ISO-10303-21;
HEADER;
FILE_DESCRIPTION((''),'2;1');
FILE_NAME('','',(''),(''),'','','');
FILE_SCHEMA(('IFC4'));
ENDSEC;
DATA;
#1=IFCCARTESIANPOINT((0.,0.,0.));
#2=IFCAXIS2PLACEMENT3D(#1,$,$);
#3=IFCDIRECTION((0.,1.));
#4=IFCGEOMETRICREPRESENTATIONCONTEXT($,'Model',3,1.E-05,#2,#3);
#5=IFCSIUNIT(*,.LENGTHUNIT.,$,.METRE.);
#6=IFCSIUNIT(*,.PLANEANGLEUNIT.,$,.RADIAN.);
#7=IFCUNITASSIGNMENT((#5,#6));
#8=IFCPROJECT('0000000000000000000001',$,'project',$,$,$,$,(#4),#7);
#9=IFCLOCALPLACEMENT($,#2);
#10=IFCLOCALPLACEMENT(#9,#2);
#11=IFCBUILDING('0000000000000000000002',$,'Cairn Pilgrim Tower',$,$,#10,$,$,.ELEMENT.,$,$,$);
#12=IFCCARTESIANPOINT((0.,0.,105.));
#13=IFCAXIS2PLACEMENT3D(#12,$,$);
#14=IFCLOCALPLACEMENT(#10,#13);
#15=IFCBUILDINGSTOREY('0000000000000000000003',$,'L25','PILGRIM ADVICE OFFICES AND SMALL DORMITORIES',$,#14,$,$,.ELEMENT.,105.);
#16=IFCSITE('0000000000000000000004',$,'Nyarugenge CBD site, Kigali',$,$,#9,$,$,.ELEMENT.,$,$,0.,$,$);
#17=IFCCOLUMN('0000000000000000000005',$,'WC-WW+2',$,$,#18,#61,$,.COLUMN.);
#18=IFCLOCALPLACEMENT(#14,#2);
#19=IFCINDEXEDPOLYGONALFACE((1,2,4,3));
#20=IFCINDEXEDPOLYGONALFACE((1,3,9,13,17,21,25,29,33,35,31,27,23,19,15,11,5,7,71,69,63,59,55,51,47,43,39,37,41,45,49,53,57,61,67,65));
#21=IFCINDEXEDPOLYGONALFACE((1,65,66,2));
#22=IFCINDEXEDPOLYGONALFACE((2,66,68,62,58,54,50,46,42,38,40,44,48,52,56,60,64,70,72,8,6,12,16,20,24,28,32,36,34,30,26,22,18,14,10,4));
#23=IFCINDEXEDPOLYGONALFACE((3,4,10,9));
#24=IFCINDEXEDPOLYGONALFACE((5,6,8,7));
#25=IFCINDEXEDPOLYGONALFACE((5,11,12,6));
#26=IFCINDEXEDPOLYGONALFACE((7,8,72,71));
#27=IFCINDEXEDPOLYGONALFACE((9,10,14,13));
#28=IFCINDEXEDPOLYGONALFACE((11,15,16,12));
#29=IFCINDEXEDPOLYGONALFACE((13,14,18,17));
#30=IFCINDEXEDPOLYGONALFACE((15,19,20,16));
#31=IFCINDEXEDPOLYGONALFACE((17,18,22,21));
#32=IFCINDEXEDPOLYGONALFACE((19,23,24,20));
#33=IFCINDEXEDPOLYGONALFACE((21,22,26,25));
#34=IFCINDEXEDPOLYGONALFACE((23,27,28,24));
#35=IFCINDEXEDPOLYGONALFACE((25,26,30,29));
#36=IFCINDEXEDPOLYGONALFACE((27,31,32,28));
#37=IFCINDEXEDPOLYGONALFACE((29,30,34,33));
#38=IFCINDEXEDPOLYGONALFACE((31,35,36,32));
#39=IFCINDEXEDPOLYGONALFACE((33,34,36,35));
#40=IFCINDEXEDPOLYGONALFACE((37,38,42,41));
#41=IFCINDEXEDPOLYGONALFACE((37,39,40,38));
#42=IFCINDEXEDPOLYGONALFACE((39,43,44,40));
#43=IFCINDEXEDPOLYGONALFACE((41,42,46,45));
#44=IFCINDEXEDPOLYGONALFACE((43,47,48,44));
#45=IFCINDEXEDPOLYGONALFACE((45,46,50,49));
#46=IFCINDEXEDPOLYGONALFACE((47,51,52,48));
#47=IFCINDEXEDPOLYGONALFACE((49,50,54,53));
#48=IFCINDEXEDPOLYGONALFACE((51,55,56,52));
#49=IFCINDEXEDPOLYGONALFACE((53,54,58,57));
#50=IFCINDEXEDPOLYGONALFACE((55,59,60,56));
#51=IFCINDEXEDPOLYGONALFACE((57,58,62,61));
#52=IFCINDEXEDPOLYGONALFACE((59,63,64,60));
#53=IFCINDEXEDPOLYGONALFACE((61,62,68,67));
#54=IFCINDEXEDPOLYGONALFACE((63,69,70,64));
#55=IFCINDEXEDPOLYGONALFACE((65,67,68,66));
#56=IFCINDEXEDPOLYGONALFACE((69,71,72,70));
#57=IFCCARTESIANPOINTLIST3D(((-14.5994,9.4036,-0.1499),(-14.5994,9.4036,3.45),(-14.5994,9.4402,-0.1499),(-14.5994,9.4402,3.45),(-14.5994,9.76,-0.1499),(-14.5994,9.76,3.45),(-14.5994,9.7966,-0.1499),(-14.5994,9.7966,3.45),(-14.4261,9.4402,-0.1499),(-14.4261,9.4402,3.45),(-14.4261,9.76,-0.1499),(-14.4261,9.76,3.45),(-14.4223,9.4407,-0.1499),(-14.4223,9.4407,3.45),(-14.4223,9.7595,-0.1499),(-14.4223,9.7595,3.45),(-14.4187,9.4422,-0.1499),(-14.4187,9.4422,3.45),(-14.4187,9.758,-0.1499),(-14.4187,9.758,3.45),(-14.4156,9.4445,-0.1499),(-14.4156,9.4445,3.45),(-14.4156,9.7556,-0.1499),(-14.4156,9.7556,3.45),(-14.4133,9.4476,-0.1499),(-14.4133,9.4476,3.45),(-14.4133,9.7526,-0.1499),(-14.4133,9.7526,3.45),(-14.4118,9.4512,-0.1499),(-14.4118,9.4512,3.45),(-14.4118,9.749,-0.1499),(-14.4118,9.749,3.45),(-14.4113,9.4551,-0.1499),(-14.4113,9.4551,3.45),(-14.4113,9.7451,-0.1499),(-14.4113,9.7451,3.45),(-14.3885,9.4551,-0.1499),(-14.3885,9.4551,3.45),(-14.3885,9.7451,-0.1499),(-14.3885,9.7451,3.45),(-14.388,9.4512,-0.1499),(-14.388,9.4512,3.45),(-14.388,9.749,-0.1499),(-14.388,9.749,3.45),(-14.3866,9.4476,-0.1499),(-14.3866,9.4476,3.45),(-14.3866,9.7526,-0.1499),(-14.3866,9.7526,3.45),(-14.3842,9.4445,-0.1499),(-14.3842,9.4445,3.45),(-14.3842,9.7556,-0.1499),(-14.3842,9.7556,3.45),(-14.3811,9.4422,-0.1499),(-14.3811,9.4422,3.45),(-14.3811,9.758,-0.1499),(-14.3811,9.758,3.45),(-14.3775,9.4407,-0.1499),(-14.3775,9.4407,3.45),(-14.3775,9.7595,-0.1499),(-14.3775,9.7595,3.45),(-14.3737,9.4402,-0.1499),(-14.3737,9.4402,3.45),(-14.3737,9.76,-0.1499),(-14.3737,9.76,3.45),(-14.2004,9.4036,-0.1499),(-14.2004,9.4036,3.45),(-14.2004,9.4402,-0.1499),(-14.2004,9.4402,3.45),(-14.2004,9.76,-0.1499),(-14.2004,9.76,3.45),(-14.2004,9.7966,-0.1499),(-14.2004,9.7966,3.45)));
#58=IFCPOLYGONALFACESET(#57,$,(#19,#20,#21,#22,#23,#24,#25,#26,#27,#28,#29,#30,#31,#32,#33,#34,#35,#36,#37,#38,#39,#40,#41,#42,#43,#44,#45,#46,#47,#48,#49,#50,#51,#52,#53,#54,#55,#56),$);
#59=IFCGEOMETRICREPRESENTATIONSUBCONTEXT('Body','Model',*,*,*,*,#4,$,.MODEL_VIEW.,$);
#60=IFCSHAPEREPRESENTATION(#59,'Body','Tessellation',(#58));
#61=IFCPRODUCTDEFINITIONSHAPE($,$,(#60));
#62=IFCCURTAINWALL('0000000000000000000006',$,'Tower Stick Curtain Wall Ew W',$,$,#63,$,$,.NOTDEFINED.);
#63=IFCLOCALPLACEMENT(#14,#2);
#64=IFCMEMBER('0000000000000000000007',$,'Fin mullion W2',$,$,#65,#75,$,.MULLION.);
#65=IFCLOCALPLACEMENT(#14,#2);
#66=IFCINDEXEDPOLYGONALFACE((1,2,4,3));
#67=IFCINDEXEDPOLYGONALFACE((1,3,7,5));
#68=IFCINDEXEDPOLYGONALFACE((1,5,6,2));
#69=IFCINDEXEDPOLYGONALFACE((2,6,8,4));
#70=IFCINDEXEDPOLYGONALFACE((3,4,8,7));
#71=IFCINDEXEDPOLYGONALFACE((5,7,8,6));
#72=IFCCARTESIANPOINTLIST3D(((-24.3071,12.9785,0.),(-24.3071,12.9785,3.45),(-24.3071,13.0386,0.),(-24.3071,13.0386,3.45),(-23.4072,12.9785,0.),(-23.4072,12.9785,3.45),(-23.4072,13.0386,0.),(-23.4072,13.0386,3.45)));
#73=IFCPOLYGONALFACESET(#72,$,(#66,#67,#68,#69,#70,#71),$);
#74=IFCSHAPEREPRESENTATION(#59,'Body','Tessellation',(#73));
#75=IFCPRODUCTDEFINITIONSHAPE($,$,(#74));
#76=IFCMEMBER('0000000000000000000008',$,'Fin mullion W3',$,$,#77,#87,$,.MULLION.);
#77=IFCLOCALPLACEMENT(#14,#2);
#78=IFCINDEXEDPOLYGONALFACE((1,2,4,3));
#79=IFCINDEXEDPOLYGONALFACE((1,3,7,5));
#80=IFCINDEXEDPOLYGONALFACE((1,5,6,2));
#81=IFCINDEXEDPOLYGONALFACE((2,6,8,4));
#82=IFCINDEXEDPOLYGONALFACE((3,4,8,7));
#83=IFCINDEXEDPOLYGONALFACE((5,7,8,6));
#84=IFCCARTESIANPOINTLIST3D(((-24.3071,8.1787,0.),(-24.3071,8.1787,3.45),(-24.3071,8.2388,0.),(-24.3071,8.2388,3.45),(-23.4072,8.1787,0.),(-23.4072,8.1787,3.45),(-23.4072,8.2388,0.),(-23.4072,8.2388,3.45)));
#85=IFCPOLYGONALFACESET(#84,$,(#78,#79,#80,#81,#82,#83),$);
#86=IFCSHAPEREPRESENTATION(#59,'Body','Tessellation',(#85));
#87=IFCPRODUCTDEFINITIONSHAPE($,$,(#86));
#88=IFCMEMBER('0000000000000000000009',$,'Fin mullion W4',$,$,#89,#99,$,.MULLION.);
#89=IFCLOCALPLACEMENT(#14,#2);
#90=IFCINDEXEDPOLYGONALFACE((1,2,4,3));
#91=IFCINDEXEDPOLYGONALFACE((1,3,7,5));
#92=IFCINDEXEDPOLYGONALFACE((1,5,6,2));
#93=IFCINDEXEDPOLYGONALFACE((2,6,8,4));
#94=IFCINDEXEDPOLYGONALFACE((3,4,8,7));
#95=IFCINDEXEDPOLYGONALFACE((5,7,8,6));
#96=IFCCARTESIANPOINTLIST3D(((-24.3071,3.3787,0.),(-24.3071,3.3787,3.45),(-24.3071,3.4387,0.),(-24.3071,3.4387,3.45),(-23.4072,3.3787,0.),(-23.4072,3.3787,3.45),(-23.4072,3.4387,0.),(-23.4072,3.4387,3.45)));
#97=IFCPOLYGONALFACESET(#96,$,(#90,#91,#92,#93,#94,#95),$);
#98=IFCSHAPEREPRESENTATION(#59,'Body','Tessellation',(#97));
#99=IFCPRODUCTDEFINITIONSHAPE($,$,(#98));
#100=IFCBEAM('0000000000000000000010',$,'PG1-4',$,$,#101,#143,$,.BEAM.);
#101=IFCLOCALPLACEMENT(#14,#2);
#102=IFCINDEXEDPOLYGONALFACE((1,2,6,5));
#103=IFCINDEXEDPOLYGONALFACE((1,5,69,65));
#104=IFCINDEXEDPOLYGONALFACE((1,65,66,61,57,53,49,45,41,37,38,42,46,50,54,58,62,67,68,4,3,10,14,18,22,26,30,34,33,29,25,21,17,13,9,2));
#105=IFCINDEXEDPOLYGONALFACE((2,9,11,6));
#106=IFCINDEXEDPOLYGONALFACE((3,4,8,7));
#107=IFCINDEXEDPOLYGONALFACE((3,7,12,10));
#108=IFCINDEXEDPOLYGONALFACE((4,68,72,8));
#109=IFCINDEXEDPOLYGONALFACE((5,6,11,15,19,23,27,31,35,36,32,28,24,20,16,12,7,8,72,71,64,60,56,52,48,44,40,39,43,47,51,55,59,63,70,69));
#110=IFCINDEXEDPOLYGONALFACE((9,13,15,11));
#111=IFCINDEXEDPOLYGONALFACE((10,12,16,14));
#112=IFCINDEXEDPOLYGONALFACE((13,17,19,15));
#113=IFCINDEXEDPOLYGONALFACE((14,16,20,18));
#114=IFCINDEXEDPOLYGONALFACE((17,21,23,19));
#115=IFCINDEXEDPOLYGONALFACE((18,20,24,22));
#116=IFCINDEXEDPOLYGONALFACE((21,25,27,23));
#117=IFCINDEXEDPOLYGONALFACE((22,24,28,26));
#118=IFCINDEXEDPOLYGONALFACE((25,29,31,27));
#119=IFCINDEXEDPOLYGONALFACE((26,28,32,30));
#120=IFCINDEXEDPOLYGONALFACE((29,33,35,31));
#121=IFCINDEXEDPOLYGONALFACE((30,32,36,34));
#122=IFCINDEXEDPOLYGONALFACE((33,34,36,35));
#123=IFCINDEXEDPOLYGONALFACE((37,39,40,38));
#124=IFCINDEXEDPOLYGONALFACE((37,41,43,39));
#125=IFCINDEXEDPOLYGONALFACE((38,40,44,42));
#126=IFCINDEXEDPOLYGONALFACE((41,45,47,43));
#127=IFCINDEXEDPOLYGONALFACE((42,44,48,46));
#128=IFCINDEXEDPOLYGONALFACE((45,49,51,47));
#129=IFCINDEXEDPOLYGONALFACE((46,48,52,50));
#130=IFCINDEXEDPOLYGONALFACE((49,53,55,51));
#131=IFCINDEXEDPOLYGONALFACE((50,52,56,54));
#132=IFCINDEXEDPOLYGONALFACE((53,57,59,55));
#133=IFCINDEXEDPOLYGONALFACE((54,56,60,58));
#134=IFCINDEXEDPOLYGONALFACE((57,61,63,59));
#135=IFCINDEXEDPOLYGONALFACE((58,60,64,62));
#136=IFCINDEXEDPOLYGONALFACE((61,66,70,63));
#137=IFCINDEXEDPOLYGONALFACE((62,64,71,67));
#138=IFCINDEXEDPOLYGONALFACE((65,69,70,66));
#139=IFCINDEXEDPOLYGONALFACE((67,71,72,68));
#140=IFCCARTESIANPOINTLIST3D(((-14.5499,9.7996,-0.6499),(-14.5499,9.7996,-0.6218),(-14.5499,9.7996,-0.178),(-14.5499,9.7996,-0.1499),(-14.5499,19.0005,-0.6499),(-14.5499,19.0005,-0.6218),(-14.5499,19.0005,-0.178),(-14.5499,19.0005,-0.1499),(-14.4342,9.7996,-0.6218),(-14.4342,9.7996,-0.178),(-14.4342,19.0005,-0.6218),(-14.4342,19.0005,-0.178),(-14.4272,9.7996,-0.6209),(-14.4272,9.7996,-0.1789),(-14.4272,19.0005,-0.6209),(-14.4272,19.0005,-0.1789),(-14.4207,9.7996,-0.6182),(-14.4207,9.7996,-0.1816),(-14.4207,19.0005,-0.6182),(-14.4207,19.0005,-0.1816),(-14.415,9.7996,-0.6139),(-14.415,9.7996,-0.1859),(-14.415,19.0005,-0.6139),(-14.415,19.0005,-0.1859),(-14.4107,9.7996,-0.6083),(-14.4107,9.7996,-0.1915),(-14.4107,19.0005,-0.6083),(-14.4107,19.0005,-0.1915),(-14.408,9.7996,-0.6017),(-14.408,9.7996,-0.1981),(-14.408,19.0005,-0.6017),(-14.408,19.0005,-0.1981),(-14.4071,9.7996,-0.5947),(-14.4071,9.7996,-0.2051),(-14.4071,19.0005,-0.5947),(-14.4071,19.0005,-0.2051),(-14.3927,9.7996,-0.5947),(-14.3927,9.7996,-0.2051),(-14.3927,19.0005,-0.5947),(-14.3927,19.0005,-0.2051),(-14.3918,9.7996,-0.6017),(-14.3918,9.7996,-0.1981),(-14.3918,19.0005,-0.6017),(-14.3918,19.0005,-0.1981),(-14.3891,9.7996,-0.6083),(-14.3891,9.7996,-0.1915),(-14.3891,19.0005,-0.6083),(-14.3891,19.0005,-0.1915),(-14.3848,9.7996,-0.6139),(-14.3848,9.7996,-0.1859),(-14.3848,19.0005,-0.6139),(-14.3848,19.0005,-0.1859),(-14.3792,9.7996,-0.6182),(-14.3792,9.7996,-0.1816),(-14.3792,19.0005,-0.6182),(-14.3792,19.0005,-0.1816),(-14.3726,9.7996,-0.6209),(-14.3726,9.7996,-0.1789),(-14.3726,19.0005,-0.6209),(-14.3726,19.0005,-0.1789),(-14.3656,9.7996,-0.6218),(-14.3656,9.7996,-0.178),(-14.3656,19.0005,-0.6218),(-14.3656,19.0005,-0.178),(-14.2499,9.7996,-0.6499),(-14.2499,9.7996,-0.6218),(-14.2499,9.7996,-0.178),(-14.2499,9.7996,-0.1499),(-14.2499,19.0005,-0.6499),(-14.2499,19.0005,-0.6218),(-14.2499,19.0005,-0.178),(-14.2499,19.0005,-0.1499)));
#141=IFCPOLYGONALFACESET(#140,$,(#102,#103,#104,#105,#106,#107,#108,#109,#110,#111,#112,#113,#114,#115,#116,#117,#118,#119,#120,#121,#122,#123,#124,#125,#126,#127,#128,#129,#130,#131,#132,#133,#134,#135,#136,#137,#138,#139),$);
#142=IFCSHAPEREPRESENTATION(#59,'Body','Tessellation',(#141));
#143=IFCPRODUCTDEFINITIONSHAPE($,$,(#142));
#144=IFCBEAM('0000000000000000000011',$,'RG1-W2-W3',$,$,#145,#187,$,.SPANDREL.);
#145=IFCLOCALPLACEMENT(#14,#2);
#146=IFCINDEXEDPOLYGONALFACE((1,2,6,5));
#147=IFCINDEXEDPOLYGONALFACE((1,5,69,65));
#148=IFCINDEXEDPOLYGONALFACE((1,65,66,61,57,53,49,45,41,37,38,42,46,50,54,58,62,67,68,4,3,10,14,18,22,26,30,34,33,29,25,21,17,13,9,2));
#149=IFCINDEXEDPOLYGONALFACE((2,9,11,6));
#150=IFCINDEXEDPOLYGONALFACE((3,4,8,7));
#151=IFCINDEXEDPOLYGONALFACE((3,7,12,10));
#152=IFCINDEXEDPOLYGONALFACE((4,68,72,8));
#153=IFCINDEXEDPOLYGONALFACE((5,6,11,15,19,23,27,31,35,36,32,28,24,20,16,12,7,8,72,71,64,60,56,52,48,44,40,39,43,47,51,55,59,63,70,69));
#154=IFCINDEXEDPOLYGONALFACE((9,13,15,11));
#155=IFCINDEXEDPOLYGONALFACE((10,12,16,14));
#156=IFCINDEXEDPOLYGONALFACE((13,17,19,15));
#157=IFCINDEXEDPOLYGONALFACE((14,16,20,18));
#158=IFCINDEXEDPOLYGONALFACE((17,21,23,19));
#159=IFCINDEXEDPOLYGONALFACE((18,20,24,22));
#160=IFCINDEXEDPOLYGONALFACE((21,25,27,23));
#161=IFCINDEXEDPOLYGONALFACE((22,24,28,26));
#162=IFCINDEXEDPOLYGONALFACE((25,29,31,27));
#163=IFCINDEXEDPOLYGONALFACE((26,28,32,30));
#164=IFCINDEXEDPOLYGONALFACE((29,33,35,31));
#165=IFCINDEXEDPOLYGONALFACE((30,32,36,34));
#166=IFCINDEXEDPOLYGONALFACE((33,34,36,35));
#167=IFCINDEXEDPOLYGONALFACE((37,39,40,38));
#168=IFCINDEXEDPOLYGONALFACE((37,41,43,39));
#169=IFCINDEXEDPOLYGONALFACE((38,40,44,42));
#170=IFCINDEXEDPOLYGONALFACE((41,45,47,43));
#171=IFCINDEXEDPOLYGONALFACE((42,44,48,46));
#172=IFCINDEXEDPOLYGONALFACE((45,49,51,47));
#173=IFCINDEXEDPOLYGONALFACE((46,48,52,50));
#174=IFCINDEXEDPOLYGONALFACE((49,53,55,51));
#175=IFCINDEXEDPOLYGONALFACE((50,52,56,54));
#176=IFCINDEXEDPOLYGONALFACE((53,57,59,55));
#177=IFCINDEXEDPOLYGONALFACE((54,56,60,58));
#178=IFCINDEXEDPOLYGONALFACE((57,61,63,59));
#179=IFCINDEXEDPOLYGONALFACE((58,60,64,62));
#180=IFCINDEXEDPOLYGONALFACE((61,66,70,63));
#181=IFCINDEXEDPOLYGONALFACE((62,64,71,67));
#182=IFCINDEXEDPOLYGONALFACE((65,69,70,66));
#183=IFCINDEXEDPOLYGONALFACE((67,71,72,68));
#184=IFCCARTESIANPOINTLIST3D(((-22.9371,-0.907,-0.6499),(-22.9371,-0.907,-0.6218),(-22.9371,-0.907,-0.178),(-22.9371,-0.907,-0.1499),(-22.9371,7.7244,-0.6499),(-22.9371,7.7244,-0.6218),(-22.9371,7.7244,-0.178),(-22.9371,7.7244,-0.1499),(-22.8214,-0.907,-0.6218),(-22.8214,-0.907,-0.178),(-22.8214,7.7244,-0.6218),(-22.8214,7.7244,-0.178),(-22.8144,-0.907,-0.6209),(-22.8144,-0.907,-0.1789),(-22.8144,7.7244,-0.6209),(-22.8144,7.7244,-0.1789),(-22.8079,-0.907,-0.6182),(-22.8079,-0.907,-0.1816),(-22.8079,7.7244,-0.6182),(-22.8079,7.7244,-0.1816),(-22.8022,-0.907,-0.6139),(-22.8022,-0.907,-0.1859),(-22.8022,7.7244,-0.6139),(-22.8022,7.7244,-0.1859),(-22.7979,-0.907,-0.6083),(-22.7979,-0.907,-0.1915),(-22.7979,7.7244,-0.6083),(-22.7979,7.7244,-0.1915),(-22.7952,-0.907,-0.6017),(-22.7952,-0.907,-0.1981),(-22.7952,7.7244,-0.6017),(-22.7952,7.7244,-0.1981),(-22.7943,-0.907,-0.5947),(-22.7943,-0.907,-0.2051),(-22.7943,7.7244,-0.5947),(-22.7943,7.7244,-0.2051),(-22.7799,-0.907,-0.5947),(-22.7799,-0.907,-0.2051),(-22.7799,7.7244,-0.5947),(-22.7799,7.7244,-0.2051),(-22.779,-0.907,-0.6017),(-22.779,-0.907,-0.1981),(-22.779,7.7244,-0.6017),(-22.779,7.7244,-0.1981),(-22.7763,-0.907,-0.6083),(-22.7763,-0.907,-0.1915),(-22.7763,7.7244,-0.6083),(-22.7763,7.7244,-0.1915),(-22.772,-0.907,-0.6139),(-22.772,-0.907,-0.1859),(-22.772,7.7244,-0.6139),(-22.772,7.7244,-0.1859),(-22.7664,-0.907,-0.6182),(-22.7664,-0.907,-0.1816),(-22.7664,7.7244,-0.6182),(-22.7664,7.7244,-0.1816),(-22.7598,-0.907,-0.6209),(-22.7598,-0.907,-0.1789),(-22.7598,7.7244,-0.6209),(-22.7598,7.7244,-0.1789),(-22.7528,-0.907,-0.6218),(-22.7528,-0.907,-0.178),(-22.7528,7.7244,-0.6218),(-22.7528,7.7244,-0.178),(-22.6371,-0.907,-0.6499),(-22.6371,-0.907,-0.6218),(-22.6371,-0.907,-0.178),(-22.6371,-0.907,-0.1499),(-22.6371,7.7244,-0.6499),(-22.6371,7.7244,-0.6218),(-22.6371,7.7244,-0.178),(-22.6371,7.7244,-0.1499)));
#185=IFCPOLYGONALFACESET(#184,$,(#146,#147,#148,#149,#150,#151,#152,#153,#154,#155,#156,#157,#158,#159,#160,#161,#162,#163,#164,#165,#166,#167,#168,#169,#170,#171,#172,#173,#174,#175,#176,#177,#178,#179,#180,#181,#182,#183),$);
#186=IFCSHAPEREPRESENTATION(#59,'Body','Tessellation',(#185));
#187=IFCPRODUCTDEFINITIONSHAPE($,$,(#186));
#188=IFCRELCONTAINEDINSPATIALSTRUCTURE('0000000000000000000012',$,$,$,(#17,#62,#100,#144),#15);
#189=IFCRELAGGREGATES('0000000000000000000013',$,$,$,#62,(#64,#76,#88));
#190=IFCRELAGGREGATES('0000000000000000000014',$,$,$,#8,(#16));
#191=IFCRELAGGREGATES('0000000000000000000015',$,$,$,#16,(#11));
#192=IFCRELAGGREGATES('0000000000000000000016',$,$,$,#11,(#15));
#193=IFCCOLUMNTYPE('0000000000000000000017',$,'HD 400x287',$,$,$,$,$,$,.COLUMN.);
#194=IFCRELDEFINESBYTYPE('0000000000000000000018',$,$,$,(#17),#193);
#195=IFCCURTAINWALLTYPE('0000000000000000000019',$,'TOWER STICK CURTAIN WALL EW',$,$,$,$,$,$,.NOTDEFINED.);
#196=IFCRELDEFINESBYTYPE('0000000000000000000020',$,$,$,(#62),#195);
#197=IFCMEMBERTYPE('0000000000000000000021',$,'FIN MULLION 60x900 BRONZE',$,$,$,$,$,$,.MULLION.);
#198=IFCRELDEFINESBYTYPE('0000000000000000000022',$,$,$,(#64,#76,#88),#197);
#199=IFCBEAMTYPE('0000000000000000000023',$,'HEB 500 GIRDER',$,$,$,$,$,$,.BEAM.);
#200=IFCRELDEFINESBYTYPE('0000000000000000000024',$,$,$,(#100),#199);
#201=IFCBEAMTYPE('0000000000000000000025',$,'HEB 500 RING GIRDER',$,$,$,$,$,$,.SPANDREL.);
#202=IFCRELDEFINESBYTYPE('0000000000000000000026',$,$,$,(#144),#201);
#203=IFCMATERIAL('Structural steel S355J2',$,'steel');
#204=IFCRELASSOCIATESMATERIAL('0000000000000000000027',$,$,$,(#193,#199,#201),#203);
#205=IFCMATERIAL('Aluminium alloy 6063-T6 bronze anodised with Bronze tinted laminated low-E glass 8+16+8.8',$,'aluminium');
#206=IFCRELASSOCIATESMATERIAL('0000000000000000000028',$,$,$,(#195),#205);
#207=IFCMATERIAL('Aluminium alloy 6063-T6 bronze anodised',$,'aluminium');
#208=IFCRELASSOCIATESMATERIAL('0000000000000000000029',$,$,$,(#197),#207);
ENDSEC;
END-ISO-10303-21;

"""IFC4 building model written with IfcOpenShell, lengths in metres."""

from ifc_helpers import new_model, si_unit, direction, frame, origin, origin_2d, place, context, subcontext, project, spatial, rectangle, i_section, extrude, material, material_profile, profile_set, type_object, element, aggregate, save


model = new_model("IFC4")

# Units and contexts
model_context = context("Model", 3, precision=1e-05, world=origin(), true_north=direction((0.0, 1.0)))
body_context = subcontext(model_context, "Body", "Model", "MODEL_VIEW")
ifc_project = project(units=[si_unit("LENGTHUNIT", "METRE"), si_unit("PLANEANGLEUNIT", "RADIAN")], contexts=[model_context])

# Site, building, storey
site_placement = place(None, origin())
site = spatial("IfcSite", under=ifc_project, at=site_placement, Name="Nyarugenge CBD site, Kigali", CompositionType="ELEMENT", RefElevation=0.0)
building_placement = place(site_placement, origin())
building = spatial("IfcBuilding", under=site, at=building_placement, Name="Cairn Pilgrim Tower", CompositionType="ELEMENT")
storey_placement = place(building_placement, frame((0.0, 0.0, 105.0)))
storey = spatial("IfcBuildingStorey", under=building, at=storey_placement, Name="L25", Description="PILGRIM ADVICE OFFICES AND SMALL DORMITORIES", CompositionType="ELEMENT", Elevation=105.0)

# Column
ifc_material_1 = material(Name="Structural steel S355J2", Category="steel")
ifc_material_profile_1 = material_profile(ifc_material_1, i_section(OverallWidth=0.3989, OverallDepth=0.3931, WebThickness=0.0227, FlangeThickness=0.0366, FilletRadius=0.0149, at=origin_2d()), Name="HD 400x287")
ifc_profile_set_1 = profile_set([ifc_material_profile_1], Name="Structural steel S355J2")
column_type_1 = type_object("IfcColumnType", Name="HD 400x287", PredefinedType="COLUMN", material=ifc_profile_set_1)
column_1_placement = place(storey_placement, frame((-14.3999, 9.6001, -0.1499), z_axis=(0.0, 0.0, 1.0), x_axis=(1.0, 0.0, 0.0)))
element("IfcColumn", 1, at=column_1_placement, inside=storey, type_object=column_type_1, Name="WC-WW+2", PredefinedType="COLUMN", context=body_context, shape_type="SweptSolid", body=[
    extrude(i_section(OverallWidth=0.3989, OverallDepth=0.3931, WebThickness=0.0227, FlangeThickness=0.0366, FilletRadius=0.0149, at=origin_2d()), origin(), (0.0, 0.0, 1.0), 3.5999),
])

# Curtain wall, members
ifc_material_2 = material(Name="Aluminium alloy 6063-T6 bronze anodised with Bronze tinted laminated low-E glass 8+16+8.8", Category="aluminium")
curtain_wall_type = type_object("IfcCurtainWallType", Name="TOWER STICK CURTAIN WALL EW", PredefinedType="NOTDEFINED", material=ifc_material_2)
curtain_wall_placement = place(storey_placement, origin())
curtain_wall = element("IfcCurtainWall", 2, at=curtain_wall_placement, inside=storey, type_object=curtain_wall_type, Name="Tower Stick Curtain Wall Ew W", PredefinedType="NOTDEFINED")
ifc_material_3 = material(Name="Aluminium alloy 6063-T6 bronze anodised", Category="aluminium")
ifc_material_profile_2 = material_profile(ifc_material_3, rectangle(XDim=0.8999, YDim=0.0601, at=origin_2d()), Name="FIN MULLION 60x900 BRONZE")
ifc_profile_set_2 = profile_set([ifc_material_profile_2], Name="Aluminium alloy 6063-T6 bronze anodised")
member_type_1 = type_object("IfcMemberType", Name="FIN MULLION 60x900 BRONZE", PredefinedType="MULLION", material=ifc_profile_set_2)
member_1_placement = place(storey_placement, frame((-23.8572, 13.0085, 0.0), z_axis=(0.0, 0.0, 1.0), x_axis=(-1.0, 0.0, 0.0)))
member_1 = element("IfcMember", 3, at=member_1_placement, type_object=member_type_1, Name="Fin mullion W2", PredefinedType="MULLION", context=body_context, shape_type="SweptSolid", body=[
    extrude(rectangle(XDim=0.8999, YDim=0.0601, at=origin_2d()), origin(), (0.0, 0.0, 1.0), 3.45),
])
member_2_placement = place(storey_placement, frame((-23.8572, 8.2087, 0.0), z_axis=(0.0, 0.0, 1.0), x_axis=(-1.0, 0.0, 0.0)))
member_2 = element("IfcMember", 4, at=member_2_placement, type_object=member_type_1, Name="Fin mullion W3", PredefinedType="MULLION", context=body_context, shape_type="SweptSolid", body=[
    extrude(rectangle(XDim=0.8999, YDim=0.0601, at=origin_2d()), origin(), (0.0, 0.0, 1.0), 3.45),
])
member_3_placement = place(storey_placement, frame((-23.8572, 3.4087, 0.0), z_axis=(0.0, 0.0, 1.0), x_axis=(-1.0, 0.0, 0.0)))
member_3 = element("IfcMember", 5, at=member_3_placement, type_object=member_type_1, Name="Fin mullion W4", PredefinedType="MULLION", context=body_context, shape_type="SweptSolid", body=[
    extrude(rectangle(XDim=0.8999, YDim=0.0601, at=origin_2d()), origin(), (0.0, 0.0, 1.0), 3.45),
])

# Beams
ifc_material_profile_3 = material_profile(ifc_material_1, i_section(OverallWidth=0.3, OverallDepth=0.5, WebThickness=0.0144, FlangeThickness=0.0281, FilletRadius=0.0271, at=origin_2d()), Name="HEB 500")
ifc_profile_set_3 = profile_set([ifc_material_profile_3], Name="Structural steel S355J2")
beam_type_1 = type_object("IfcBeamType", Name="HEB 500 GIRDER", PredefinedType="BEAM", material=ifc_profile_set_3)
beam_1_placement = place(storey_placement, frame((-14.3999, 9.7996, -0.3999), z_axis=(0.0, 1.0, 0.0), x_axis=(-1.0, 0.0, 0.0)))
element("IfcBeam", 6, at=beam_1_placement, inside=storey, type_object=beam_type_1, Name="PG1-4", PredefinedType="BEAM", context=body_context, shape_type="SweptSolid", body=[
    extrude(i_section(OverallWidth=0.3, OverallDepth=0.5, WebThickness=0.0144, FlangeThickness=0.0281, FilletRadius=0.0271, at=origin_2d()), origin(), (0.0, 0.0, 1.0), 9.2009),
])
ifc_material_profile_4 = material_profile(ifc_material_1, i_section(OverallWidth=0.3, OverallDepth=0.5, WebThickness=0.0144, FlangeThickness=0.0281, FilletRadius=0.0271, at=origin_2d()), Name="HEB 500")
ifc_profile_set_4 = profile_set([ifc_material_profile_4], Name="Structural steel S355J2")
beam_type_2 = type_object("IfcBeamType", Name="HEB 500 RING GIRDER", PredefinedType="SPANDREL", material=ifc_profile_set_4)
beam_2_placement = place(storey_placement, frame((-22.7871, 7.7244, -0.3999), z_axis=(0.0, -1.0, 0.0), x_axis=(1.0, 0.0, 0.0)))
element("IfcBeam", 7, at=beam_2_placement, inside=storey, type_object=beam_type_2, Name="RG1-W2-W3", PredefinedType="SPANDREL", context=body_context, shape_type="SweptSolid", body=[
    extrude(i_section(OverallWidth=0.3, OverallDepth=0.5, WebThickness=0.0144, FlangeThickness=0.0281, FilletRadius=0.0271, at=origin_2d()), origin(), (0.0, 0.0, 1.0), 8.6313),
])

aggregate(curtain_wall, [member_1, member_2, member_3])

save(model, "model.ifc")
